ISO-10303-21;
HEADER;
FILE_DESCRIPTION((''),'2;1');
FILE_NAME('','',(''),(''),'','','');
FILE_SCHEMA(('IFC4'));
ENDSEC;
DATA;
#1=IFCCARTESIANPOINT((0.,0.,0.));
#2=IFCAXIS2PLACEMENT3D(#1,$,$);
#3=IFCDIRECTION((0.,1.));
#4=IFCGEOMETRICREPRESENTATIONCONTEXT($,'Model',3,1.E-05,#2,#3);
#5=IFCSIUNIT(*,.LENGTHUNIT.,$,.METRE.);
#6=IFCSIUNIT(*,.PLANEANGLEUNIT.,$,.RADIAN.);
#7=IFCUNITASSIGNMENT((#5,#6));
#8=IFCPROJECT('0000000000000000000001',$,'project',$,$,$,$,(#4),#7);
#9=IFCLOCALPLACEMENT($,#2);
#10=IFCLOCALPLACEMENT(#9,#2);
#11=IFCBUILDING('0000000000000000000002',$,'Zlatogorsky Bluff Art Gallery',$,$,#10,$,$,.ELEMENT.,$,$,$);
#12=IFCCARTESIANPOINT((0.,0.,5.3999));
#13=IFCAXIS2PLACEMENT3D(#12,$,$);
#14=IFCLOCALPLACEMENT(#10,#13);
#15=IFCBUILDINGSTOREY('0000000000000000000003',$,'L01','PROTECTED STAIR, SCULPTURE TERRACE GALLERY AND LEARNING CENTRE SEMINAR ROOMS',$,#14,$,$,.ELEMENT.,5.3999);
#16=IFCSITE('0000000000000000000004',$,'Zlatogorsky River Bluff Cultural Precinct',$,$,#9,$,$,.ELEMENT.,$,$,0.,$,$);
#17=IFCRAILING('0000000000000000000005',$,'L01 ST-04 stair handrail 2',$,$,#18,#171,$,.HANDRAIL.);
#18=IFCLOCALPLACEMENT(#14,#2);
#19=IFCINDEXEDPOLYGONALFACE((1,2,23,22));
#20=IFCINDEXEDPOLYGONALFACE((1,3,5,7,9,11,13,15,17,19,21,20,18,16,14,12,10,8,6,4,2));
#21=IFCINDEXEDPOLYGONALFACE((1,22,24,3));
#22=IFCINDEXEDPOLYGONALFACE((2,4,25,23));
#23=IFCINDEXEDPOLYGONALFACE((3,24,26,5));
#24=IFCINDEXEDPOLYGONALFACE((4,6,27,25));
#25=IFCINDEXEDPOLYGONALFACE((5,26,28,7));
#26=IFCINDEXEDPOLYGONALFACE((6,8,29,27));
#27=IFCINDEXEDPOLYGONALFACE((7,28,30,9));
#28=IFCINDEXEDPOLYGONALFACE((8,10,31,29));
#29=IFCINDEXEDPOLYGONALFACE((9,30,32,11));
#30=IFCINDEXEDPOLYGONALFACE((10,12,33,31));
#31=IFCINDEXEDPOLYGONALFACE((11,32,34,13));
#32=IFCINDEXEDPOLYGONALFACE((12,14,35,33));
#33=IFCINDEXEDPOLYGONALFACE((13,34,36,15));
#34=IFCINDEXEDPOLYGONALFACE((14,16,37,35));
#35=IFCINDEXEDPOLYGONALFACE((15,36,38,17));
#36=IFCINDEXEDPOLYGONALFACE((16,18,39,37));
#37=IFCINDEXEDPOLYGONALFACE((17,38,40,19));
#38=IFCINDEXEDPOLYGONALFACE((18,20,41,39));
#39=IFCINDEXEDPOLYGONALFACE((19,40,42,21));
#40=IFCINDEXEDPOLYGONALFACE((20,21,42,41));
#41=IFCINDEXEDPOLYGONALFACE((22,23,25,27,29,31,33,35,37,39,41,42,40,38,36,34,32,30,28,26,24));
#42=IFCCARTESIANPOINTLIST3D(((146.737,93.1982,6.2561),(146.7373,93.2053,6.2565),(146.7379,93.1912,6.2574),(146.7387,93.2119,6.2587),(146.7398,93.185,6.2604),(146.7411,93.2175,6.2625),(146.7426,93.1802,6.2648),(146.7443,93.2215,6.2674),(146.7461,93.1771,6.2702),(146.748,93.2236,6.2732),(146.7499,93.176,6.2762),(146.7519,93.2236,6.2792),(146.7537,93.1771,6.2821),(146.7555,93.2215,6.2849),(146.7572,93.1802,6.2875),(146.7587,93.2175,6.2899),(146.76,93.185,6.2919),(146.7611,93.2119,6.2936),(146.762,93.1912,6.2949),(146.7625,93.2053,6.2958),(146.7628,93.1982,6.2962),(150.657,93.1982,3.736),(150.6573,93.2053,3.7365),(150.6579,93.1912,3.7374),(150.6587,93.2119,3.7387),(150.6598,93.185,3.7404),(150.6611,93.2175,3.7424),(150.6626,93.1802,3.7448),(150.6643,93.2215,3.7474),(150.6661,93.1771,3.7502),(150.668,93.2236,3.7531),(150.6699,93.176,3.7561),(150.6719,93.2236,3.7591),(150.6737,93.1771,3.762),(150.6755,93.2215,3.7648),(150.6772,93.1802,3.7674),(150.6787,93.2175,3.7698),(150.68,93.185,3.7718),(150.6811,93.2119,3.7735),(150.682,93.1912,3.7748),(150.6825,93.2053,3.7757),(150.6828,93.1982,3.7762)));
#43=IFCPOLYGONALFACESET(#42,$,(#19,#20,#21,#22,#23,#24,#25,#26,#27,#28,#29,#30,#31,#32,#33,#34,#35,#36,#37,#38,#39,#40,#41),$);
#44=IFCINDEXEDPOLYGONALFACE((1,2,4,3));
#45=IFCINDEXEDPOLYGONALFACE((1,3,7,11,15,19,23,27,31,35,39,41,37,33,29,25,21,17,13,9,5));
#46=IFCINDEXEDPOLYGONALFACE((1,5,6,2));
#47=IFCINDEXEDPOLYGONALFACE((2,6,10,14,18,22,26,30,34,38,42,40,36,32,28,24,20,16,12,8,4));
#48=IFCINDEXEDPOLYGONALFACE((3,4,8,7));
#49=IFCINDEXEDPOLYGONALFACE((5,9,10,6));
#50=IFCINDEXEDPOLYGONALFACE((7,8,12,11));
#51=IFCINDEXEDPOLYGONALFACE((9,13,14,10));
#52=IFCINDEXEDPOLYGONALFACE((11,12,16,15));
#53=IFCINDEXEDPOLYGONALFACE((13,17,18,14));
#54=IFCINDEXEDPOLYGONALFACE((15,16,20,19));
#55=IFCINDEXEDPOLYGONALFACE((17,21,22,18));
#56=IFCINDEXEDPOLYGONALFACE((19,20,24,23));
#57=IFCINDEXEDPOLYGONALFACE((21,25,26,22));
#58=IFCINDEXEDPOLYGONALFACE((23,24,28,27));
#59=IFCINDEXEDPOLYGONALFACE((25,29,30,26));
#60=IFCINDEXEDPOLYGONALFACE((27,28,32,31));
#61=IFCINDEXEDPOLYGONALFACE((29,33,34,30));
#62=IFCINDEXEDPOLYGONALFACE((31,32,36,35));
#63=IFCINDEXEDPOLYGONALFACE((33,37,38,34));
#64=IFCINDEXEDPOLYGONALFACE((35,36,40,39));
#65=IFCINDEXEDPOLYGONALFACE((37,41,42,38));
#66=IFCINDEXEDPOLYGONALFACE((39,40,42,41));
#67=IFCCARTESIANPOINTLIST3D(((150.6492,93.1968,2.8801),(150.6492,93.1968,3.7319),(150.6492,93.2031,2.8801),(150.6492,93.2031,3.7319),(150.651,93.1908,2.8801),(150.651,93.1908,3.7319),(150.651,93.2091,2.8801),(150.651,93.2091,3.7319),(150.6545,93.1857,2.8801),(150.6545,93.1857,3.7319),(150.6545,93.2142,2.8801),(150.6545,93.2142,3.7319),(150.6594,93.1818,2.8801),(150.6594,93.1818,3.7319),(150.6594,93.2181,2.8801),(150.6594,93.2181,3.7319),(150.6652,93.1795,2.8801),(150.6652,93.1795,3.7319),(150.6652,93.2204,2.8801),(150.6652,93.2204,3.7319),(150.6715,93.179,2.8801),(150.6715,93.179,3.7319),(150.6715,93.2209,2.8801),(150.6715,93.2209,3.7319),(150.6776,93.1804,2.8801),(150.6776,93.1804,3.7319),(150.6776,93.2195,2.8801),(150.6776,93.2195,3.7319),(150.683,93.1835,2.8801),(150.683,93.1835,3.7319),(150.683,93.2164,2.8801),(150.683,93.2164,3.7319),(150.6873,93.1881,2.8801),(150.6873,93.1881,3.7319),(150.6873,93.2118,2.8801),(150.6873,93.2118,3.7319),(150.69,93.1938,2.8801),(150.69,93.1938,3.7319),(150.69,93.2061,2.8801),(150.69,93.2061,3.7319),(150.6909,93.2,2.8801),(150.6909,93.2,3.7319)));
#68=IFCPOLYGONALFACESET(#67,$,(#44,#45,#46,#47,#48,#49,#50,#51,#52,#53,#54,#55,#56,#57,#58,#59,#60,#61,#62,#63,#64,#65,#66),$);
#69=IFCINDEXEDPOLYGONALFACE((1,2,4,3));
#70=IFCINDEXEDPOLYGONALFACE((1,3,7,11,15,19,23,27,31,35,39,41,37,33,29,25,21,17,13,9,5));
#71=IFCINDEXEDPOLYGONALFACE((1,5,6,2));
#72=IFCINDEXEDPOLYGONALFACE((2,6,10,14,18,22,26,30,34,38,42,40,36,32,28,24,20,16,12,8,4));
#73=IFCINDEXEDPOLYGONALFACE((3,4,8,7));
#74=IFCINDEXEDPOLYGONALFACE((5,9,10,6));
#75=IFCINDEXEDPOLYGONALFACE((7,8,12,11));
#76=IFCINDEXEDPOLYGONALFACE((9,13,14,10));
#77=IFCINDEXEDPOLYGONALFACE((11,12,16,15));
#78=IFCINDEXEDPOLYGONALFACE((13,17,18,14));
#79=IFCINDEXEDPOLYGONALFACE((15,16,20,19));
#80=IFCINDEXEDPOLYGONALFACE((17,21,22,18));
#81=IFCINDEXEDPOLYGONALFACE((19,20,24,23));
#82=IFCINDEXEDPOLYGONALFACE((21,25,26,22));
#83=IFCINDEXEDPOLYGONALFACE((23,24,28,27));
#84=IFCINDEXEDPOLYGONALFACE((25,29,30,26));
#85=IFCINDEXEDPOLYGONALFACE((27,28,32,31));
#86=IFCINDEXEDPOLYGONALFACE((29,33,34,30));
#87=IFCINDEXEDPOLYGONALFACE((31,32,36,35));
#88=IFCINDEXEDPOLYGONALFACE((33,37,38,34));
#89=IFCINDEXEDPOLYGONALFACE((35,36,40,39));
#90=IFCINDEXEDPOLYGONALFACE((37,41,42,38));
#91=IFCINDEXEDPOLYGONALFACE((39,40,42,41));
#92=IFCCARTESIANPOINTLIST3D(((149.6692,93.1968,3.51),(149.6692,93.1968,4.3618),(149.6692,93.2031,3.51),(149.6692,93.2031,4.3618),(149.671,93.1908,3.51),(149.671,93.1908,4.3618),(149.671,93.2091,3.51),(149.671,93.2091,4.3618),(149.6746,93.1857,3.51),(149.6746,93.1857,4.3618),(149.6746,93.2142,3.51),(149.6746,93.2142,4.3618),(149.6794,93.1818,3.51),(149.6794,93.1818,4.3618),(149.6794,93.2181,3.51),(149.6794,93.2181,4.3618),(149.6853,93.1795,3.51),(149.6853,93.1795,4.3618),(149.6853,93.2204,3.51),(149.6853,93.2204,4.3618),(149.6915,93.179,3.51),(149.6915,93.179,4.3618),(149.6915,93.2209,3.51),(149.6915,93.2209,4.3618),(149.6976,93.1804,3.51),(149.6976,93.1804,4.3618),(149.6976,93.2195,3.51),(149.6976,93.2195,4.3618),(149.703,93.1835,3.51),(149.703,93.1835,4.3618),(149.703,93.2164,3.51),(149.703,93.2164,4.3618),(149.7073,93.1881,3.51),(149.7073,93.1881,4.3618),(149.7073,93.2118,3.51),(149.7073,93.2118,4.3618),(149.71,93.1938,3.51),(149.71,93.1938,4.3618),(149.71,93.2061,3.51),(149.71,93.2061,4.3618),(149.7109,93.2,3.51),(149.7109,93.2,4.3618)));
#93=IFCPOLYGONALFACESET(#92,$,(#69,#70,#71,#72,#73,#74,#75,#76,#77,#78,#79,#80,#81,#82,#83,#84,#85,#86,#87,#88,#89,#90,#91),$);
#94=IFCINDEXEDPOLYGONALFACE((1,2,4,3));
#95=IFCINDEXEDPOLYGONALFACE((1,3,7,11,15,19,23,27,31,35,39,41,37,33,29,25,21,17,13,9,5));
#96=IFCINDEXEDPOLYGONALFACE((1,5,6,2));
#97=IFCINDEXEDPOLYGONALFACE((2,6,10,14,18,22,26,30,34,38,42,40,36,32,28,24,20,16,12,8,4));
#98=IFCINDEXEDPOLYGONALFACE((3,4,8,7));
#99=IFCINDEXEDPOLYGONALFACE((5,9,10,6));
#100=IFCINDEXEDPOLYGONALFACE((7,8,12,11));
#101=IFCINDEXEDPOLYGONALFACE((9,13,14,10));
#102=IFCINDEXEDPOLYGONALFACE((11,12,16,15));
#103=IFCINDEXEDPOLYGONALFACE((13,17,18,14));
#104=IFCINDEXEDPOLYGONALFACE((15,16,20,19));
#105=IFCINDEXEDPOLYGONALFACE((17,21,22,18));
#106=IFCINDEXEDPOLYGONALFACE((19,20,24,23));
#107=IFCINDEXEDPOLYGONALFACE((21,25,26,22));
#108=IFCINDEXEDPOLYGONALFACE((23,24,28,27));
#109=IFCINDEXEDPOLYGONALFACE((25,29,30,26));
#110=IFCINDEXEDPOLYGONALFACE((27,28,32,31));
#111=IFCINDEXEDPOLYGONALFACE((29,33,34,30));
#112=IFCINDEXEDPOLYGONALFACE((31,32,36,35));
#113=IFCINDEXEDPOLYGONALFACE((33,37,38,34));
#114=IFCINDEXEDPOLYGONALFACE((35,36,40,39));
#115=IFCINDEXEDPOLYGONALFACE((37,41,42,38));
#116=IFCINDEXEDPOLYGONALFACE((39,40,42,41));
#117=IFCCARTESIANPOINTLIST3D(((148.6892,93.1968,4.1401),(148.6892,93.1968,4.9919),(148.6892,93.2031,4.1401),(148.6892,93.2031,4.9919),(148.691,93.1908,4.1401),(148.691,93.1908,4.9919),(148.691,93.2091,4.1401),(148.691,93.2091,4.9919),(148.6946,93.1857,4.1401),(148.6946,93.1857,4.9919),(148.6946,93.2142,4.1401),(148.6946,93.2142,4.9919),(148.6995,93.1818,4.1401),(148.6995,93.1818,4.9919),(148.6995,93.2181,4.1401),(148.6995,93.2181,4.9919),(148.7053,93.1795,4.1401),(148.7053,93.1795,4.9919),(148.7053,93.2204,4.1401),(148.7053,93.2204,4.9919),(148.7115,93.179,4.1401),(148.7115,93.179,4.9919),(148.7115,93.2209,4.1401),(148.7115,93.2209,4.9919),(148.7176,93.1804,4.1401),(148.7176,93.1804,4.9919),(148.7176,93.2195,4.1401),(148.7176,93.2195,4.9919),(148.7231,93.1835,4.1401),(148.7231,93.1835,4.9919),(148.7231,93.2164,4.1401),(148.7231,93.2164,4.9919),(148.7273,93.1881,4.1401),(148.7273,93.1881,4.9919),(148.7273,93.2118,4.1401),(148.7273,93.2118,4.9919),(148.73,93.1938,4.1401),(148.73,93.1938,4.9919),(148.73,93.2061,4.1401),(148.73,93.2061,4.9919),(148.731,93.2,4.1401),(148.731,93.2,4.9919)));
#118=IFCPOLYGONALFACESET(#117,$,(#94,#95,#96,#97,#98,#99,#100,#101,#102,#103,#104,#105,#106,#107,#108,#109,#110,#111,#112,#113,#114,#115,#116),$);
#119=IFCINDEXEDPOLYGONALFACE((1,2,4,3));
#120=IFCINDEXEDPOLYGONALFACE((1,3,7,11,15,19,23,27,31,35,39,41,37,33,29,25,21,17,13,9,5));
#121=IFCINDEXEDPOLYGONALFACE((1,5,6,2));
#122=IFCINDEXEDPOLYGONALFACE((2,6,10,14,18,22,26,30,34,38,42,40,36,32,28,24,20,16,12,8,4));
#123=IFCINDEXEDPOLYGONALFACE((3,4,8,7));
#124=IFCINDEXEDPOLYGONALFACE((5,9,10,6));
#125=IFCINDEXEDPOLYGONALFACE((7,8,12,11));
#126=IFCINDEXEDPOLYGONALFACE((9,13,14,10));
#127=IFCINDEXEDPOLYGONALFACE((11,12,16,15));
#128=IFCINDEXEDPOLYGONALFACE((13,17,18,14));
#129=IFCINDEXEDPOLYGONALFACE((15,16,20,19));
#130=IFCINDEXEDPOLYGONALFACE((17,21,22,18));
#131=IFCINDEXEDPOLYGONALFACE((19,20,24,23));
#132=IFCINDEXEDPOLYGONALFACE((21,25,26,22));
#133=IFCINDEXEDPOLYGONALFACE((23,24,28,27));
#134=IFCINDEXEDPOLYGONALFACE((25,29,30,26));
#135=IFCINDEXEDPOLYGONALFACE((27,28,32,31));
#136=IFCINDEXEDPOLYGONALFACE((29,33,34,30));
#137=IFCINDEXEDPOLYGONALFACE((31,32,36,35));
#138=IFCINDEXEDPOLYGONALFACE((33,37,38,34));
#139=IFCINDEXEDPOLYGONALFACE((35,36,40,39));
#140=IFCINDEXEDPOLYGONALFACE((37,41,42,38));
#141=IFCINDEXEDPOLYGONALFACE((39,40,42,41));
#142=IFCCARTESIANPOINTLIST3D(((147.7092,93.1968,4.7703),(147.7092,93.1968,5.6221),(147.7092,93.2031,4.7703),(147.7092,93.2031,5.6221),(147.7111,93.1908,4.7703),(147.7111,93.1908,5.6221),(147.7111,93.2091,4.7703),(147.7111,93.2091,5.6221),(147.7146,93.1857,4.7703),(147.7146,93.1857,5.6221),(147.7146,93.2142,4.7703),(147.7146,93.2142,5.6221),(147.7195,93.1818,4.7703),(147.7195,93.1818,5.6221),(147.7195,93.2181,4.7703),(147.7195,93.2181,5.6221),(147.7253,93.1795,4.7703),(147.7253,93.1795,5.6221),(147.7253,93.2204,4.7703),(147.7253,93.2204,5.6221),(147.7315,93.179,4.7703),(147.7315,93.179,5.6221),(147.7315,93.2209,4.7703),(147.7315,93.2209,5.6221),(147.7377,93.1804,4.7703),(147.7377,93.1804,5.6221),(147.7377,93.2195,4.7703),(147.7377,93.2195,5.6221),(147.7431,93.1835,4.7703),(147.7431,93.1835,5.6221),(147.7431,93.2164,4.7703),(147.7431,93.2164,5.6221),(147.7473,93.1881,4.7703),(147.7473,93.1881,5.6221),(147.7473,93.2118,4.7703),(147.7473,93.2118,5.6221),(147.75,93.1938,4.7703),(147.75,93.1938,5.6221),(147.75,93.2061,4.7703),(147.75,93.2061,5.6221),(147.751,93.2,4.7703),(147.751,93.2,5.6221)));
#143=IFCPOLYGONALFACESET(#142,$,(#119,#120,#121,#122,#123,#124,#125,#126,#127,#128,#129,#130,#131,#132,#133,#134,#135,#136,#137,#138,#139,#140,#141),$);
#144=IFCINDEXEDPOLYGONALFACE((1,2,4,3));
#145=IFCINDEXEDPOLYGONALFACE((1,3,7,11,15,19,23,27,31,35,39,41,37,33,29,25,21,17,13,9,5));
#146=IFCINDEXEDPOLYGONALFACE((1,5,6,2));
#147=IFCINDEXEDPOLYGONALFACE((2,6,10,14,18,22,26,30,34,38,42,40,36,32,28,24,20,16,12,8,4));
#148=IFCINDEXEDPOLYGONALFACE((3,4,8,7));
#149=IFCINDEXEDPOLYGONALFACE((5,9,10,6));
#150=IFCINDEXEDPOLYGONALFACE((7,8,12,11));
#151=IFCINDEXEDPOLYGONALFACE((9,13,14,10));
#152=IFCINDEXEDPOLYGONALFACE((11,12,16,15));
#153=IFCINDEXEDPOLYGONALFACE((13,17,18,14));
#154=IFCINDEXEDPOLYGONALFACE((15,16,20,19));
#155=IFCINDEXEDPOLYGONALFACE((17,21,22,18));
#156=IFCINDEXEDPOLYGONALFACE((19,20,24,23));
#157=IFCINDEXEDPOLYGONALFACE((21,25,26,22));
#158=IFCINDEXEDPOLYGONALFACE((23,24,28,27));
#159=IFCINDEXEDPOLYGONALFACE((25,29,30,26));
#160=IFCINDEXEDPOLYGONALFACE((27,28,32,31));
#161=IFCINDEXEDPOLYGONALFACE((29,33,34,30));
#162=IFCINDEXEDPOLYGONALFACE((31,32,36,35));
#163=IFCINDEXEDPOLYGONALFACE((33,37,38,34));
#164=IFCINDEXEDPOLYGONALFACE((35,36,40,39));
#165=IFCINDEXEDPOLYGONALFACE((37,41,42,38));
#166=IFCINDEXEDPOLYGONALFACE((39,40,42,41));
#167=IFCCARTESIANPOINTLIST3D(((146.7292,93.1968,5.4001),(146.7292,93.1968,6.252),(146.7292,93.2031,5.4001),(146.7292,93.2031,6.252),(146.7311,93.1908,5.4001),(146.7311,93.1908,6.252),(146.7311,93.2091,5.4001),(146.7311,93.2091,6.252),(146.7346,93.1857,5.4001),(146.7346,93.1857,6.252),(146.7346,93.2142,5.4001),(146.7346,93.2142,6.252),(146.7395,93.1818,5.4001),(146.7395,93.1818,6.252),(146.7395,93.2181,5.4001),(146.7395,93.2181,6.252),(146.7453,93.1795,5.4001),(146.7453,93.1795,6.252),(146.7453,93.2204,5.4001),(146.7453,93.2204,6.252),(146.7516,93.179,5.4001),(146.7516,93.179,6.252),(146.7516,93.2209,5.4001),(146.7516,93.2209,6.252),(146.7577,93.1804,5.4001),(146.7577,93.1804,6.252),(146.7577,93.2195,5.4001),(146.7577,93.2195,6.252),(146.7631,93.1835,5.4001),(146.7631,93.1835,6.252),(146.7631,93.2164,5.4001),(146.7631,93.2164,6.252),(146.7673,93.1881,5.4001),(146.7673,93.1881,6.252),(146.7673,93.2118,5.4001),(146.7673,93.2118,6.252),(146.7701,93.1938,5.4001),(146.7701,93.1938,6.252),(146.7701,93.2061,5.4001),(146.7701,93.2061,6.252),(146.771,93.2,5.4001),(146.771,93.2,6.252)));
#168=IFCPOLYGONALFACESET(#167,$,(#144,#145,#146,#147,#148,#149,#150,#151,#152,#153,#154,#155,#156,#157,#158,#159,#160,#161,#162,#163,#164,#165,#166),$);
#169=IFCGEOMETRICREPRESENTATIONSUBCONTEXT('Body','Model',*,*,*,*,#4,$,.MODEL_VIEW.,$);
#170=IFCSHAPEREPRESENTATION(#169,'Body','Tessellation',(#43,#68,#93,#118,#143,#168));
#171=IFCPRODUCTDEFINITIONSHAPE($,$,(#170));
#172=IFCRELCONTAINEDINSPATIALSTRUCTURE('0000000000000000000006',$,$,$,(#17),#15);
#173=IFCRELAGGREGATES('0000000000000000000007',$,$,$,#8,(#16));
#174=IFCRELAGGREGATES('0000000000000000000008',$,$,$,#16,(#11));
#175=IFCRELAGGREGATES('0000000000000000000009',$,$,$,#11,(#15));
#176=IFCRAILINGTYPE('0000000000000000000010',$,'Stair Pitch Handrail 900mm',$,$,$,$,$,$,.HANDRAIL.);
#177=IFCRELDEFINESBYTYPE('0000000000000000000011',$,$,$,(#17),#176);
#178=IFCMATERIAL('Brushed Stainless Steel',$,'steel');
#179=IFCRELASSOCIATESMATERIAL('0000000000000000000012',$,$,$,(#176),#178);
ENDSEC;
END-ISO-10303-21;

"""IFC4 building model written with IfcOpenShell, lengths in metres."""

from ifc_helpers import new_model, si_unit, direction, frame, origin, origin_2d, place, context, subcontext, project, spatial, circle, extrude, material, type_object, element, save


model = new_model("IFC4")

# Units and contexts
model_context = context("Model", 3, precision=1e-05, world=origin(), true_north=direction((0.0, 1.0)))
body_context = subcontext(model_context, "Body", "Model", "MODEL_VIEW")
ifc_project = project(units=[si_unit("LENGTHUNIT", "METRE"), si_unit("PLANEANGLEUNIT", "RADIAN")], contexts=[model_context])

# Site, building, storey
site_placement = place(None, origin())
site = spatial("IfcSite", under=ifc_project, at=site_placement, Name="Zlatogorsky River Bluff Cultural Precinct", CompositionType="ELEMENT", RefElevation=0.0)
building_placement = place(site_placement, origin())
building = spatial("IfcBuilding", under=site, at=building_placement, Name="Zlatogorsky Bluff Art Gallery", CompositionType="ELEMENT")
storey_placement = place(building_placement, frame((0.0, 0.0, 5.3999)))
storey = spatial("IfcBuildingStorey", under=building, at=storey_placement, Name="L01", Description="PROTECTED STAIR, SCULPTURE TERRACE GALLERY AND LEARNING CENTRE SEMINAR ROOMS", CompositionType="ELEMENT", Elevation=5.3999)

# Railing
ifc_material_1 = material(Name="Brushed Stainless Steel", Category="steel")
railing_type = type_object("IfcRailingType", Name="Stair Pitch Handrail 900mm", PredefinedType="HANDRAIL", material=ifc_material_1)
railing_placement = place(storey_placement, frame((150.6699, 93.2, 2.8801)))
element("IfcRailing", 1, at=railing_placement, inside=storey, type_object=railing_type, Name="L01 ST-04 stair handrail 2", PredefinedType="HANDRAIL", context=body_context, shape_type="SweptSolid", body=[
    extrude(circle(Radius=0.0239, at=origin_2d()), frame((0.0, 0.0, 0.876), z_axis=(-0.841172, 0.0, 0.540768), x_axis=(0.0, -1.0, 0.0)), (0.0, 0.0, 1.0), 4.6602),
    extrude(circle(Radius=0.021, at=origin_2d()), origin(), (0.0, 0.0, 1.0), 0.8518),
    extrude(circle(Radius=0.021, at=origin_2d()), frame((-0.98, 0.0, 0.6299)), (0.0, 0.0, 1.0), 0.8518),
    extrude(circle(Radius=0.021, at=origin_2d()), frame((-1.96, 0.0, 1.26)), (0.0, 0.0, 1.0), 0.8518),
    extrude(circle(Radius=0.021, at=origin_2d()), frame((-2.9399, 0.0, 1.8901)), (0.0, 0.0, 1.0), 0.8518),
    extrude(circle(Radius=0.021, at=origin_2d()), frame((-3.9199, 0.0, 2.52)), (0.0, 0.0, 1.0), 0.8518),
])

save(model, "model.ifc")
